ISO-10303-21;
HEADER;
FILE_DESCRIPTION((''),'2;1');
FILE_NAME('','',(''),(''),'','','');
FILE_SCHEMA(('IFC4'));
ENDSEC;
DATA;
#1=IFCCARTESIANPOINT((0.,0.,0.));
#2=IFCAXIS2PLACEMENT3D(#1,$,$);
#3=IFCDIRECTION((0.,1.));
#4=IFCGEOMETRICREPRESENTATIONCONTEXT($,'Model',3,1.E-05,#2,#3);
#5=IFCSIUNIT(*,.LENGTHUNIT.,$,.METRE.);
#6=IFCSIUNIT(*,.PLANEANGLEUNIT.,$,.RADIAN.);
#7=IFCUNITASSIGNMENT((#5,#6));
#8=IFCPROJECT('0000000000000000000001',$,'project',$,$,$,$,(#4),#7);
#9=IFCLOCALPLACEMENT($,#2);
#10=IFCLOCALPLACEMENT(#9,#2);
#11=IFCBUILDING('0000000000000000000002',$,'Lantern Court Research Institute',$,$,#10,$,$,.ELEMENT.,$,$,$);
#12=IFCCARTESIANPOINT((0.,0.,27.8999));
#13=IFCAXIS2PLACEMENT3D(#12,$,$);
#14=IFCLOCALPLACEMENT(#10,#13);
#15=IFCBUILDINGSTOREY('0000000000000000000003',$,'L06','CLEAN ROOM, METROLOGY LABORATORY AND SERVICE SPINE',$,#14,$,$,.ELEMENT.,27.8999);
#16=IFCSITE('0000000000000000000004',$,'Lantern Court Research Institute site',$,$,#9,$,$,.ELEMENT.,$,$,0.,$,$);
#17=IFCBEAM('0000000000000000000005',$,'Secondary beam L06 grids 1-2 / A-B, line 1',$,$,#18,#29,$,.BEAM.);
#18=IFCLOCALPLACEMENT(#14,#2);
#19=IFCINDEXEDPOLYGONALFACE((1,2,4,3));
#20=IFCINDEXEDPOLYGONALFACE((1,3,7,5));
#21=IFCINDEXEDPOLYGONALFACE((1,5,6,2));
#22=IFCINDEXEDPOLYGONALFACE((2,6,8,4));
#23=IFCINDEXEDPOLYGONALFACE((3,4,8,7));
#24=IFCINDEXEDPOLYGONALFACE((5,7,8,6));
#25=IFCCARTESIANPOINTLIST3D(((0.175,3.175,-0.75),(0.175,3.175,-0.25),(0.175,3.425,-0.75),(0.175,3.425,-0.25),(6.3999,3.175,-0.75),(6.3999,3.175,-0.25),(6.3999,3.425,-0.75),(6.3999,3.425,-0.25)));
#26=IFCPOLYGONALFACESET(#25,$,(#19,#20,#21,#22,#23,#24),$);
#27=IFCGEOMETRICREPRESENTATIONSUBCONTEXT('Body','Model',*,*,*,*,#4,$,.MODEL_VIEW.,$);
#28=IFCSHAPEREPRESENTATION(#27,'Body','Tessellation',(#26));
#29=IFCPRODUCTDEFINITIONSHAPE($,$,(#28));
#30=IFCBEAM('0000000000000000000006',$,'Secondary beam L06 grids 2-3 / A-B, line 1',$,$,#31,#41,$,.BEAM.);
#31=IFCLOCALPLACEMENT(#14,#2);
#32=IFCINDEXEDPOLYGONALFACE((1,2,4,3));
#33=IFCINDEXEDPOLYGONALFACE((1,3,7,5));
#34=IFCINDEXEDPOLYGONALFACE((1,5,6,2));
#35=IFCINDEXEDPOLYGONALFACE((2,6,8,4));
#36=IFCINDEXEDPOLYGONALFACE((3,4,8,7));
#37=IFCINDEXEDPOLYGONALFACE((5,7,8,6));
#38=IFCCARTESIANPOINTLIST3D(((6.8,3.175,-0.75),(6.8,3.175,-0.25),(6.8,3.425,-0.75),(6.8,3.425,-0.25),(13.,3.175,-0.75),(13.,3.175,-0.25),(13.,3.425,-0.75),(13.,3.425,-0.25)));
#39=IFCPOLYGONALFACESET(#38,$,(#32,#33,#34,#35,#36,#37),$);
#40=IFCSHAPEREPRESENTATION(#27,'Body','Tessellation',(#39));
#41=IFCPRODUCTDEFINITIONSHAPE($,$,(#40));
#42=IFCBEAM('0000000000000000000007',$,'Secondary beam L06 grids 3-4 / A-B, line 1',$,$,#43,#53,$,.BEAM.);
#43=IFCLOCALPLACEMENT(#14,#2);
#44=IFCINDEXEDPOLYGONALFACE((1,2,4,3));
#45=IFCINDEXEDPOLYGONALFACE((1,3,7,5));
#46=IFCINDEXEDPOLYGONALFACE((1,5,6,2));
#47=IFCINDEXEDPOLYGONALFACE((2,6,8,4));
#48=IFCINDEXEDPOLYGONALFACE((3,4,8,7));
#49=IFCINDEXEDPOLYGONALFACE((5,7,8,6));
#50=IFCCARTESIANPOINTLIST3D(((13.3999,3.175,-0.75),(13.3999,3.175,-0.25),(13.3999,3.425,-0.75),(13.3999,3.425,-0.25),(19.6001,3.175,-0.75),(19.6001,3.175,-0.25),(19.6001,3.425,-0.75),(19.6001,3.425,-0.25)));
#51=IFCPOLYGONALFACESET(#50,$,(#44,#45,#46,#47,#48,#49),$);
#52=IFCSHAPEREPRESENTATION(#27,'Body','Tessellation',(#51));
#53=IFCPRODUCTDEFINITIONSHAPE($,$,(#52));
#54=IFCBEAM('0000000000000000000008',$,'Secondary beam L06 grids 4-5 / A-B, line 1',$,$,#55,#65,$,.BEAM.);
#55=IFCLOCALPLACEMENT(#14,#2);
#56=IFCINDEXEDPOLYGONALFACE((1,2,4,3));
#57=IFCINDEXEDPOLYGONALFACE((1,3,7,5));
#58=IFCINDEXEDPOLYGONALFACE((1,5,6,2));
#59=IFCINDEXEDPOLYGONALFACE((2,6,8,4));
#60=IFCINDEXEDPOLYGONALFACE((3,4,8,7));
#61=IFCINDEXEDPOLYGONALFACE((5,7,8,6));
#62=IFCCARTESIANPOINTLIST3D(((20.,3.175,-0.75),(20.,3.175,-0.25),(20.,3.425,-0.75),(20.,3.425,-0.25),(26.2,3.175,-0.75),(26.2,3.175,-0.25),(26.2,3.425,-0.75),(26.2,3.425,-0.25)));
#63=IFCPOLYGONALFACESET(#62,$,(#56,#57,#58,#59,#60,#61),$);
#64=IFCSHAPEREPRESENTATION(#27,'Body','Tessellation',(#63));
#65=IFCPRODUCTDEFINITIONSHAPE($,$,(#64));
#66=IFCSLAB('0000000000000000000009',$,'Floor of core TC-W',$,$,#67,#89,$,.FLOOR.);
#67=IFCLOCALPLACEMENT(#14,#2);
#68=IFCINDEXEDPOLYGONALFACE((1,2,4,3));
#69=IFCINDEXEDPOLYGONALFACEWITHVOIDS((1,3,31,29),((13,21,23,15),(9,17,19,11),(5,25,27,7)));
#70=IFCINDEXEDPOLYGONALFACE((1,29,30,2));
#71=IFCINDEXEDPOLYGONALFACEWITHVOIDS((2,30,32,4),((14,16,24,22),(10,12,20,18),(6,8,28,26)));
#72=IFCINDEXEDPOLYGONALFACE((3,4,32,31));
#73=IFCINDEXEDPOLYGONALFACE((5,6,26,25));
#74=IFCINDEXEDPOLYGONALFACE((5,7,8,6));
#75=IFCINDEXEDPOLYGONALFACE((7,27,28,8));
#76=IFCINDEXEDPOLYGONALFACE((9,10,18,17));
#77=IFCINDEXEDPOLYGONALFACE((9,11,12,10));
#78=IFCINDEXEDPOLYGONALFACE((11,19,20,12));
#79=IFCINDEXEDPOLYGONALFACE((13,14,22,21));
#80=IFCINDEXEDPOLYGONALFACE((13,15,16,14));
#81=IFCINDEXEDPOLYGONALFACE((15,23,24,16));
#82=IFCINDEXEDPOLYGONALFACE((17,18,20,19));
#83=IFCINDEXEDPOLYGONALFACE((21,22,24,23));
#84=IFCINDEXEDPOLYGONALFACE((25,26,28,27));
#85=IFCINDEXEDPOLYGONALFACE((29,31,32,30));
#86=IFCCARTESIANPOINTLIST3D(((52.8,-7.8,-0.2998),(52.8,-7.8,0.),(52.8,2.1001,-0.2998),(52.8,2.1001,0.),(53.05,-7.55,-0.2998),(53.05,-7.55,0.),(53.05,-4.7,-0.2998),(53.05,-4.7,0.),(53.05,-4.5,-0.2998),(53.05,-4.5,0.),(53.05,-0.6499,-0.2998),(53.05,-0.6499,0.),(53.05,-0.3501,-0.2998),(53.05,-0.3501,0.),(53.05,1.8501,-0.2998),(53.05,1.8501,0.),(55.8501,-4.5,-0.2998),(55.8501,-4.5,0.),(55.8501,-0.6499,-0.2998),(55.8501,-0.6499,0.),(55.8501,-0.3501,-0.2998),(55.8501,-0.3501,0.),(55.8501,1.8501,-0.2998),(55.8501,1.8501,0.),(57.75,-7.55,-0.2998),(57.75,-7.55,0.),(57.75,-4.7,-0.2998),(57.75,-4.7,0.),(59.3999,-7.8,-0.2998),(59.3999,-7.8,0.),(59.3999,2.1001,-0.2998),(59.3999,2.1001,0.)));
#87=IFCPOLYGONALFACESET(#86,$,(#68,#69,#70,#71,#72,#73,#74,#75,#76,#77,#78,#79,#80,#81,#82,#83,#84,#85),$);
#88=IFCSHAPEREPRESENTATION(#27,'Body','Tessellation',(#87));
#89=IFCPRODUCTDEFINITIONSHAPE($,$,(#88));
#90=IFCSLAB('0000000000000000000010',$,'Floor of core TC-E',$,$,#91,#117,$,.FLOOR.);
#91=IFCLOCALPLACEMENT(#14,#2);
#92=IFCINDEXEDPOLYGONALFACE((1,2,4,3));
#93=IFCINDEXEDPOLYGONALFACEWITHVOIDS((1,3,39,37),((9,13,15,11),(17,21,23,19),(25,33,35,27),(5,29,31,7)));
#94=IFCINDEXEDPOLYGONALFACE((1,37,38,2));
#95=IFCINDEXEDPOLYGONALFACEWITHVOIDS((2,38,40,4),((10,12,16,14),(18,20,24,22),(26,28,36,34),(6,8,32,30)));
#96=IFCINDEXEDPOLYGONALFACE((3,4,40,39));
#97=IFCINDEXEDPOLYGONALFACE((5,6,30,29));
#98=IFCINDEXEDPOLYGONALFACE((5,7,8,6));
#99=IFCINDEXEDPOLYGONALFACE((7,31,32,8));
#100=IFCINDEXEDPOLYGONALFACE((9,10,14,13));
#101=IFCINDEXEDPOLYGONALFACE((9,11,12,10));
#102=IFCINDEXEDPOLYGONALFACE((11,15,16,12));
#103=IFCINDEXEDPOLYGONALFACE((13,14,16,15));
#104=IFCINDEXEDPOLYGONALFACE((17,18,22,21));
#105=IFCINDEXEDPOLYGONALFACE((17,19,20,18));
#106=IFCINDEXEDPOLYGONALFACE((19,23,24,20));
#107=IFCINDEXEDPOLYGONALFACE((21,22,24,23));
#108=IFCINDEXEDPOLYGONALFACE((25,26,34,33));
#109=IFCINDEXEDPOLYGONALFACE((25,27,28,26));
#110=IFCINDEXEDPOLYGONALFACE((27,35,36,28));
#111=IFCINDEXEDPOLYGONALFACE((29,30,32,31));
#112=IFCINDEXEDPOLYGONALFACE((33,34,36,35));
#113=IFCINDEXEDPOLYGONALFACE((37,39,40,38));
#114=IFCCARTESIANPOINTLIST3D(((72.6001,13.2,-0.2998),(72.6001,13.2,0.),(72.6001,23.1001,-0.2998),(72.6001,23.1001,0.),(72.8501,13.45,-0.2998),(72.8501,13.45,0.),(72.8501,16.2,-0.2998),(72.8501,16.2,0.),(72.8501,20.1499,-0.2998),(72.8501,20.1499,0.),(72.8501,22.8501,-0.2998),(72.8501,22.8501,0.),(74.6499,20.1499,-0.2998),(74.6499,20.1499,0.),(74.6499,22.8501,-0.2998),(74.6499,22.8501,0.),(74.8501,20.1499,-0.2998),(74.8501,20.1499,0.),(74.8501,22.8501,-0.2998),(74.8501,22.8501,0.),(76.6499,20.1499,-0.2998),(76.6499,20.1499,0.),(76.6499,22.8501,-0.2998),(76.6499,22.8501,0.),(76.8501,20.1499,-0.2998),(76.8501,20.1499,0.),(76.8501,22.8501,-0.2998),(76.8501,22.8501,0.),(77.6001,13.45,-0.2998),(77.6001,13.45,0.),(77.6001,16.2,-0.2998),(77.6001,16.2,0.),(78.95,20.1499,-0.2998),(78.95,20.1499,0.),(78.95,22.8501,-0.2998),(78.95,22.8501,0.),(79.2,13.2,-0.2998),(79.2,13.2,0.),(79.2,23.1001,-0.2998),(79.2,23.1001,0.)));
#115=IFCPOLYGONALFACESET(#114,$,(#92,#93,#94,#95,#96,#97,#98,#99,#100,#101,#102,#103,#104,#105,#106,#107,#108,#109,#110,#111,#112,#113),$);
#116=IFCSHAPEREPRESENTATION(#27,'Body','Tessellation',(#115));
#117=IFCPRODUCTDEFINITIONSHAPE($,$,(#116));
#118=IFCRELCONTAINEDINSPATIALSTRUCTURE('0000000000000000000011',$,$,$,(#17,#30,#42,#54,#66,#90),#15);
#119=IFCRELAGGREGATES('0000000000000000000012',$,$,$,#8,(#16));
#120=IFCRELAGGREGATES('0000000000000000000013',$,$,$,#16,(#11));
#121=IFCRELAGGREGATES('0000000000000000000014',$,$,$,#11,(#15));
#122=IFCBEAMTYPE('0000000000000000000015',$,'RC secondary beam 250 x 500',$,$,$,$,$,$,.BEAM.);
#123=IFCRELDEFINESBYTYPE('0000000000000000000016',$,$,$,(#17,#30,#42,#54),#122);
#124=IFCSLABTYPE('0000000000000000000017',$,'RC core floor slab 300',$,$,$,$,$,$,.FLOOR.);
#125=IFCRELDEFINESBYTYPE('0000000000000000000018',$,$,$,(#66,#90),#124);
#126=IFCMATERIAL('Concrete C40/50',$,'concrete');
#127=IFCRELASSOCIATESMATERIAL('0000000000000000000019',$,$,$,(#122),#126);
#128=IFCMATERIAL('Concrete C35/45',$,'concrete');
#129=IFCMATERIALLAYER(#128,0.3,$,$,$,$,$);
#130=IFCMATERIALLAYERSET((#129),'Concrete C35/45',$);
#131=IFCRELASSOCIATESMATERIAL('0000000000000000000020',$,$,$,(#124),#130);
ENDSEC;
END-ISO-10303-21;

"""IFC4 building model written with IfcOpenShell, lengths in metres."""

from ifc_helpers import new_model, si_unit, direction, frame, origin, origin_2d, place, context, subcontext, project, spatial, polyline, rectangle, outline, extrude, material, layer, layer_set, material_profile, profile_set, type_object, element, save


model = new_model("IFC4")

# Units and contexts
model_context = context("Model", 3, precision=1e-05, world=origin(), true_north=direction((0.0, 1.0)))
body_context = subcontext(model_context, "Body", "Model", "MODEL_VIEW")
ifc_project = project(units=[si_unit("LENGTHUNIT", "METRE"), si_unit("PLANEANGLEUNIT", "RADIAN")], contexts=[model_context])

# Site, building, storey
site_placement = place(None, origin())
site = spatial("IfcSite", under=ifc_project, at=site_placement, Name="Lantern Court Research Institute site", CompositionType="ELEMENT", RefElevation=0.0)
building_placement = place(site_placement, origin())
building = spatial("IfcBuilding", under=site, at=building_placement, Name="Lantern Court Research Institute", CompositionType="ELEMENT")
storey_placement = place(building_placement, frame((0.0, 0.0, 27.8999)))
storey = spatial("IfcBuildingStorey", under=building, at=storey_placement, Name="L06", Description="CLEAN ROOM, METROLOGY LABORATORY AND SERVICE SPINE", CompositionType="ELEMENT", Elevation=27.8999)

# Beams
ifc_material_1 = material(Name="Concrete C40/50", Category="concrete")
ifc_material_profile = material_profile(ifc_material_1, rectangle(XDim=0.25, YDim=0.5, at=origin_2d()), Name="RC beam 250 x 500")
ifc_profile_set = profile_set([ifc_material_profile], Name="Concrete C40/50")
beam_type = type_object("IfcBeamType", Name="RC secondary beam 250 x 500", PredefinedType="BEAM", material=ifc_profile_set)
beam_1_placement = place(storey_placement, frame((0.175, 3.3, -0.5), z_axis=(1.0, 0.0, 0.0), x_axis=(0.0, 1.0, 0.0)))
element("IfcBeam", 1, at=beam_1_placement, inside=storey, type_object=beam_type, Name="Secondary beam L06 grids 1-2 / A-B, line 1", PredefinedType="BEAM", context=body_context, shape_type="SweptSolid", body=[
    extrude(rectangle(XDim=0.25, YDim=0.5, at=origin_2d()), origin(), (0.0, 0.0, 1.0), 6.2249),
])
beam_2_placement = place(storey_placement, frame((6.8, 3.3, -0.5), z_axis=(1.0, 0.0, 0.0), x_axis=(0.0, 1.0, 0.0)))
element("IfcBeam", 2, at=beam_2_placement, inside=storey, type_object=beam_type, Name="Secondary beam L06 grids 2-3 / A-B, line 1", PredefinedType="BEAM", context=body_context, shape_type="SweptSolid", body=[
    extrude(rectangle(XDim=0.25, YDim=0.5, at=origin_2d()), origin(), (0.0, 0.0, 1.0), 6.2),
])
beam_3_placement = place(storey_placement, frame((13.3999, 3.3, -0.5), z_axis=(1.0, 0.0, 0.0), x_axis=(0.0, 1.0, 0.0)))
element("IfcBeam", 3, at=beam_3_placement, inside=storey, type_object=beam_type, Name="Secondary beam L06 grids 3-4 / A-B, line 1", PredefinedType="BEAM", context=body_context, shape_type="SweptSolid", body=[
    extrude(rectangle(XDim=0.25, YDim=0.5, at=origin_2d()), origin(), (0.0, 0.0, 1.0), 6.2002),
])
beam_4_placement = place(storey_placement, frame((20.0, 3.3, -0.5), z_axis=(1.0, 0.0, 0.0), x_axis=(0.0, 1.0, 0.0)))
element("IfcBeam", 4, at=beam_4_placement, inside=storey, type_object=beam_type, Name="Secondary beam L06 grids 4-5 / A-B, line 1", PredefinedType="BEAM", context=body_context, shape_type="SweptSolid", body=[
    extrude(rectangle(XDim=0.25, YDim=0.5, at=origin_2d()), origin(), (0.0, 0.0, 1.0), 6.2),
])

# Slabs
ifc_material_2 = material(Name="Concrete C35/45", Category="concrete")
ifc_layer_1 = layer(ifc_material_2, 0.3)
ifc_layer_set_1 = layer_set([ifc_layer_1], Name="Concrete C35/45")
slab_type_1 = type_object("IfcSlabType", Name="RC core floor slab 300", PredefinedType="FLOOR", material=ifc_layer_set_1)
slab_1_placement = place(storey_placement, frame((0.0, 0.0, -0.2998)))
element("IfcSlab", 5, at=slab_1_placement, inside=storey, type_object=slab_type_1, Name="Floor of core TC-W", PredefinedType="FLOOR", context=body_context, shape_type="SweptSolid", body=[
    extrude(outline(polyline([(52.8, -7.8), (59.3999, -7.8), (59.3999, 2.1001), (52.8, 2.1001), (52.8, -7.8)]), holes=[polyline([(57.75, -4.7), (53.05, -4.7), (53.05, -7.55), (57.75, -7.55), (57.75, -4.7)]), polyline([(53.05, -0.3501), (55.8501, -0.3501), (55.8501, 1.8501), (53.05, 1.8501), (53.05, -0.3501)]), polyline([(53.05, -0.6499), (55.8501, -0.6499), (55.8501, -4.5), (53.05, -4.5), (53.05, -0.6499)])]), origin(), (0.0, 0.0, 1.0), 0.2998),
])
slab_2_placement = place(storey_placement, frame((0.0, 0.0, -0.2998)))
element("IfcSlab", 6, at=slab_2_placement, inside=storey, type_object=slab_type_1, Name="Floor of core TC-E", PredefinedType="FLOOR", context=body_context, shape_type="SweptSolid", body=[
    extrude(outline(polyline([(72.6001, 13.2), (79.2, 13.2), (79.2, 23.1001), (72.6001, 23.1001), (72.6001, 13.2)]), holes=[polyline([(77.6001, 16.2), (72.8501, 16.2), (72.8501, 13.45), (77.6001, 13.45), (77.6001, 16.2)]), polyline([(72.8501, 20.1499), (74.6499, 20.1499), (74.6499, 22.8501), (72.8501, 22.8501), (72.8501, 20.1499)]), polyline([(74.8501, 20.1499), (76.6499, 20.1499), (76.6499, 22.8501), (74.8501, 22.8501), (74.8501, 20.1499)]), polyline([(76.8501, 20.1499), (78.95, 20.1499), (78.95, 22.8501), (76.8501, 22.8501), (76.8501, 20.1499)])]), origin(), (0.0, 0.0, 1.0), 0.2998),
])

save(model, "model.ifc")
